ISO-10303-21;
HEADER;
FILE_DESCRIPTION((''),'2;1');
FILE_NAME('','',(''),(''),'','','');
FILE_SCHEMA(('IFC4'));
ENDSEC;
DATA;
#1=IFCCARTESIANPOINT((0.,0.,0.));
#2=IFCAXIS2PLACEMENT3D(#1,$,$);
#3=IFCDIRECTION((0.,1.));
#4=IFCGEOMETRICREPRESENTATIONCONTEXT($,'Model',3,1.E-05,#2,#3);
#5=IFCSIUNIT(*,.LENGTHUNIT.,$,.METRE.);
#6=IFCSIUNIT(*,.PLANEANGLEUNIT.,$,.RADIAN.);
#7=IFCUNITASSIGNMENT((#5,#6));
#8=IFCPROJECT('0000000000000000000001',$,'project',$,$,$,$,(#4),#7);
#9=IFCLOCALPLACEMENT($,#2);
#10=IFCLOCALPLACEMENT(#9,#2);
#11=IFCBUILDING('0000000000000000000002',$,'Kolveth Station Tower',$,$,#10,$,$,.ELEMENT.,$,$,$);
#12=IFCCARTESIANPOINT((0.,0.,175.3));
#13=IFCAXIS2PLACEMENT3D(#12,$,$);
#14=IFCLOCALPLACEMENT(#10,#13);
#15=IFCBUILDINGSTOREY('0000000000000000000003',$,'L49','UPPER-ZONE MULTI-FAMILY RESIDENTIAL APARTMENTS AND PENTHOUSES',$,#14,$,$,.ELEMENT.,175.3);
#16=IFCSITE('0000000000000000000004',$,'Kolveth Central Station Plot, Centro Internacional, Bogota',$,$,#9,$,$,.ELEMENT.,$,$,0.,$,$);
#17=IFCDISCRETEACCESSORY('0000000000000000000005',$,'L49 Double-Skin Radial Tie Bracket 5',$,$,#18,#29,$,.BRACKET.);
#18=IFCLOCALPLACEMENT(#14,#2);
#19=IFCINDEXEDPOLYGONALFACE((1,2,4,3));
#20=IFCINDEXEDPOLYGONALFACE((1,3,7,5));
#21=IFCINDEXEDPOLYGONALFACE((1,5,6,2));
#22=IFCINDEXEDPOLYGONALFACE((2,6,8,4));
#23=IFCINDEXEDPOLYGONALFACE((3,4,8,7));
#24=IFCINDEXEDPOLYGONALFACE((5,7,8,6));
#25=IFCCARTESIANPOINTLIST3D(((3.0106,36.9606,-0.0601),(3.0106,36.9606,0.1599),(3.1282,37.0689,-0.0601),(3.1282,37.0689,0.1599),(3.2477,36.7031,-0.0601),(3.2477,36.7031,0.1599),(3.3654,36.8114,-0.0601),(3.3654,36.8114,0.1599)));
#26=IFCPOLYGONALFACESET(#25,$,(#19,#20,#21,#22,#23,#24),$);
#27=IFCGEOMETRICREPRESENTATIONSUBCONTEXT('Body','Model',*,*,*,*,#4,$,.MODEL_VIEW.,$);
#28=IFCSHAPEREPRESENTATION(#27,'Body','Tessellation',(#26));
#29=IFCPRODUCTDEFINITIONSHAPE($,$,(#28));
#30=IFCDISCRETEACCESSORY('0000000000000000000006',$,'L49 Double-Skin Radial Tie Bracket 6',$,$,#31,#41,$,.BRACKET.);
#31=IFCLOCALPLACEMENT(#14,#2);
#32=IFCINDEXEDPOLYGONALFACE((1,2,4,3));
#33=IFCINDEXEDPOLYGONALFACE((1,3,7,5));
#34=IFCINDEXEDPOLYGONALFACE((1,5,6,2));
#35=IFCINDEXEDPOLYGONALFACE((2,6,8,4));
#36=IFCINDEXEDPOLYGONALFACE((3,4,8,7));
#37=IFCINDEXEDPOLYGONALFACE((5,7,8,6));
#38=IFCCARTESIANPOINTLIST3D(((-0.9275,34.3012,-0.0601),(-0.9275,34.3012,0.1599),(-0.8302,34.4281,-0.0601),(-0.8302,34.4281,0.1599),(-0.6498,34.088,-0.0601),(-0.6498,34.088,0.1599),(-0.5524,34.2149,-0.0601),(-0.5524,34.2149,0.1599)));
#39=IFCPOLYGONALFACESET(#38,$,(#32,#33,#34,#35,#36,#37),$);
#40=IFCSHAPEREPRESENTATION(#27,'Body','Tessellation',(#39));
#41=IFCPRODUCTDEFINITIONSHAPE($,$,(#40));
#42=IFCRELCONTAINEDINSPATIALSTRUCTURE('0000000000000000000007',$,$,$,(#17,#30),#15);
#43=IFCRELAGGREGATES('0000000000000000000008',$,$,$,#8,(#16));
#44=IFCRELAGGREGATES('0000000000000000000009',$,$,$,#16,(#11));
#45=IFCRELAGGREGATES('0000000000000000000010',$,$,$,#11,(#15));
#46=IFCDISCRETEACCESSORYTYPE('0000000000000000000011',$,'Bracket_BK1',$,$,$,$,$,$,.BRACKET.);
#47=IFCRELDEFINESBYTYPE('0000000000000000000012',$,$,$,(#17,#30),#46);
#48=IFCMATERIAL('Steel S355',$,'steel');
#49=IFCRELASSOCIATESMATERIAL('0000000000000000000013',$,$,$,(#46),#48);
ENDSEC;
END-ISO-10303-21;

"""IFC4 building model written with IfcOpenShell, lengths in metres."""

from ifc_helpers import new_model, si_unit, direction, frame, origin, origin_2d, place, context, subcontext, project, spatial, rectangle, extrude, source, transform, mapped, material, type_object, element, save


model = new_model("IFC4")

# Units and contexts
model_context = context("Model", 3, precision=1e-05, world=origin(), true_north=direction((0.0, 1.0)))
body_context = subcontext(model_context, "Body", "Model", "MODEL_VIEW")
ifc_project = project(units=[si_unit("LENGTHUNIT", "METRE"), si_unit("PLANEANGLEUNIT", "RADIAN")], contexts=[model_context])

# Site, building, storey
site_placement = place(None, origin())
site = spatial("IfcSite", under=ifc_project, at=site_placement, Name="Kolveth Central Station Plot, Centro Internacional, Bogota", CompositionType="ELEMENT", RefElevation=0.0)
building_placement = place(site_placement, origin())
building = spatial("IfcBuilding", under=site, at=building_placement, Name="Kolveth Station Tower", CompositionType="ELEMENT")
storey_placement = place(building_placement, frame((0.0, 0.0, 175.3)))
storey = spatial("IfcBuildingStorey", under=building, at=storey_placement, Name="L49", Description="UPPER-ZONE MULTI-FAMILY RESIDENTIAL APARTMENTS AND PENTHOUSES", CompositionType="ELEMENT", Elevation=175.3)

# Discrete accessories
ifc_material_1 = material(Name="Steel S355", Category="steel")
discrete_accessory_type = type_object("IfcDiscreteAccessoryType", Name="Bracket_BK1", PredefinedType="BRACKET", material=ifc_material_1)
shared_shape_1 = source(origin(), body_context, "Body", "SweptSolid", [
    extrude(rectangle(XDim=0.3501, YDim=0.1599, at=origin_2d()), origin(), (0.0, 0.0, 1.0), 0.22),
])
for number, where, z_axis, x_axis, name in (
    (1, (3.188, 36.886, -0.0601), (0.0, 0.0, 1.0), (-0.67739, 0.735624, 0.0), "L49 Double-Skin Radial Tie Bracket 5"),
    (2, (-0.74, 34.2581, -0.0601), (0.0, 0.0, 1.0), (-0.793247, 0.6089, 0.0), "L49 Double-Skin Radial Tie Bracket 6"),
):
    element("IfcDiscreteAccessory", number, at=place(storey_placement, frame(where, z_axis=z_axis, x_axis=x_axis)), inside=storey, type_object=discrete_accessory_type, Name=name, PredefinedType="BRACKET", context=body_context, shape_type="MappedRepresentation", body=[
        mapped(shared_shape_1, transform((0.0, 0.0, 0.0), x_axis=(1.0, 0.0, 0.0), y_axis=(0.0, 1.0, 0.0), z_axis=(0.0, 0.0, 1.0), scale=1.0)),
    ])

save(model, "model.ifc")
